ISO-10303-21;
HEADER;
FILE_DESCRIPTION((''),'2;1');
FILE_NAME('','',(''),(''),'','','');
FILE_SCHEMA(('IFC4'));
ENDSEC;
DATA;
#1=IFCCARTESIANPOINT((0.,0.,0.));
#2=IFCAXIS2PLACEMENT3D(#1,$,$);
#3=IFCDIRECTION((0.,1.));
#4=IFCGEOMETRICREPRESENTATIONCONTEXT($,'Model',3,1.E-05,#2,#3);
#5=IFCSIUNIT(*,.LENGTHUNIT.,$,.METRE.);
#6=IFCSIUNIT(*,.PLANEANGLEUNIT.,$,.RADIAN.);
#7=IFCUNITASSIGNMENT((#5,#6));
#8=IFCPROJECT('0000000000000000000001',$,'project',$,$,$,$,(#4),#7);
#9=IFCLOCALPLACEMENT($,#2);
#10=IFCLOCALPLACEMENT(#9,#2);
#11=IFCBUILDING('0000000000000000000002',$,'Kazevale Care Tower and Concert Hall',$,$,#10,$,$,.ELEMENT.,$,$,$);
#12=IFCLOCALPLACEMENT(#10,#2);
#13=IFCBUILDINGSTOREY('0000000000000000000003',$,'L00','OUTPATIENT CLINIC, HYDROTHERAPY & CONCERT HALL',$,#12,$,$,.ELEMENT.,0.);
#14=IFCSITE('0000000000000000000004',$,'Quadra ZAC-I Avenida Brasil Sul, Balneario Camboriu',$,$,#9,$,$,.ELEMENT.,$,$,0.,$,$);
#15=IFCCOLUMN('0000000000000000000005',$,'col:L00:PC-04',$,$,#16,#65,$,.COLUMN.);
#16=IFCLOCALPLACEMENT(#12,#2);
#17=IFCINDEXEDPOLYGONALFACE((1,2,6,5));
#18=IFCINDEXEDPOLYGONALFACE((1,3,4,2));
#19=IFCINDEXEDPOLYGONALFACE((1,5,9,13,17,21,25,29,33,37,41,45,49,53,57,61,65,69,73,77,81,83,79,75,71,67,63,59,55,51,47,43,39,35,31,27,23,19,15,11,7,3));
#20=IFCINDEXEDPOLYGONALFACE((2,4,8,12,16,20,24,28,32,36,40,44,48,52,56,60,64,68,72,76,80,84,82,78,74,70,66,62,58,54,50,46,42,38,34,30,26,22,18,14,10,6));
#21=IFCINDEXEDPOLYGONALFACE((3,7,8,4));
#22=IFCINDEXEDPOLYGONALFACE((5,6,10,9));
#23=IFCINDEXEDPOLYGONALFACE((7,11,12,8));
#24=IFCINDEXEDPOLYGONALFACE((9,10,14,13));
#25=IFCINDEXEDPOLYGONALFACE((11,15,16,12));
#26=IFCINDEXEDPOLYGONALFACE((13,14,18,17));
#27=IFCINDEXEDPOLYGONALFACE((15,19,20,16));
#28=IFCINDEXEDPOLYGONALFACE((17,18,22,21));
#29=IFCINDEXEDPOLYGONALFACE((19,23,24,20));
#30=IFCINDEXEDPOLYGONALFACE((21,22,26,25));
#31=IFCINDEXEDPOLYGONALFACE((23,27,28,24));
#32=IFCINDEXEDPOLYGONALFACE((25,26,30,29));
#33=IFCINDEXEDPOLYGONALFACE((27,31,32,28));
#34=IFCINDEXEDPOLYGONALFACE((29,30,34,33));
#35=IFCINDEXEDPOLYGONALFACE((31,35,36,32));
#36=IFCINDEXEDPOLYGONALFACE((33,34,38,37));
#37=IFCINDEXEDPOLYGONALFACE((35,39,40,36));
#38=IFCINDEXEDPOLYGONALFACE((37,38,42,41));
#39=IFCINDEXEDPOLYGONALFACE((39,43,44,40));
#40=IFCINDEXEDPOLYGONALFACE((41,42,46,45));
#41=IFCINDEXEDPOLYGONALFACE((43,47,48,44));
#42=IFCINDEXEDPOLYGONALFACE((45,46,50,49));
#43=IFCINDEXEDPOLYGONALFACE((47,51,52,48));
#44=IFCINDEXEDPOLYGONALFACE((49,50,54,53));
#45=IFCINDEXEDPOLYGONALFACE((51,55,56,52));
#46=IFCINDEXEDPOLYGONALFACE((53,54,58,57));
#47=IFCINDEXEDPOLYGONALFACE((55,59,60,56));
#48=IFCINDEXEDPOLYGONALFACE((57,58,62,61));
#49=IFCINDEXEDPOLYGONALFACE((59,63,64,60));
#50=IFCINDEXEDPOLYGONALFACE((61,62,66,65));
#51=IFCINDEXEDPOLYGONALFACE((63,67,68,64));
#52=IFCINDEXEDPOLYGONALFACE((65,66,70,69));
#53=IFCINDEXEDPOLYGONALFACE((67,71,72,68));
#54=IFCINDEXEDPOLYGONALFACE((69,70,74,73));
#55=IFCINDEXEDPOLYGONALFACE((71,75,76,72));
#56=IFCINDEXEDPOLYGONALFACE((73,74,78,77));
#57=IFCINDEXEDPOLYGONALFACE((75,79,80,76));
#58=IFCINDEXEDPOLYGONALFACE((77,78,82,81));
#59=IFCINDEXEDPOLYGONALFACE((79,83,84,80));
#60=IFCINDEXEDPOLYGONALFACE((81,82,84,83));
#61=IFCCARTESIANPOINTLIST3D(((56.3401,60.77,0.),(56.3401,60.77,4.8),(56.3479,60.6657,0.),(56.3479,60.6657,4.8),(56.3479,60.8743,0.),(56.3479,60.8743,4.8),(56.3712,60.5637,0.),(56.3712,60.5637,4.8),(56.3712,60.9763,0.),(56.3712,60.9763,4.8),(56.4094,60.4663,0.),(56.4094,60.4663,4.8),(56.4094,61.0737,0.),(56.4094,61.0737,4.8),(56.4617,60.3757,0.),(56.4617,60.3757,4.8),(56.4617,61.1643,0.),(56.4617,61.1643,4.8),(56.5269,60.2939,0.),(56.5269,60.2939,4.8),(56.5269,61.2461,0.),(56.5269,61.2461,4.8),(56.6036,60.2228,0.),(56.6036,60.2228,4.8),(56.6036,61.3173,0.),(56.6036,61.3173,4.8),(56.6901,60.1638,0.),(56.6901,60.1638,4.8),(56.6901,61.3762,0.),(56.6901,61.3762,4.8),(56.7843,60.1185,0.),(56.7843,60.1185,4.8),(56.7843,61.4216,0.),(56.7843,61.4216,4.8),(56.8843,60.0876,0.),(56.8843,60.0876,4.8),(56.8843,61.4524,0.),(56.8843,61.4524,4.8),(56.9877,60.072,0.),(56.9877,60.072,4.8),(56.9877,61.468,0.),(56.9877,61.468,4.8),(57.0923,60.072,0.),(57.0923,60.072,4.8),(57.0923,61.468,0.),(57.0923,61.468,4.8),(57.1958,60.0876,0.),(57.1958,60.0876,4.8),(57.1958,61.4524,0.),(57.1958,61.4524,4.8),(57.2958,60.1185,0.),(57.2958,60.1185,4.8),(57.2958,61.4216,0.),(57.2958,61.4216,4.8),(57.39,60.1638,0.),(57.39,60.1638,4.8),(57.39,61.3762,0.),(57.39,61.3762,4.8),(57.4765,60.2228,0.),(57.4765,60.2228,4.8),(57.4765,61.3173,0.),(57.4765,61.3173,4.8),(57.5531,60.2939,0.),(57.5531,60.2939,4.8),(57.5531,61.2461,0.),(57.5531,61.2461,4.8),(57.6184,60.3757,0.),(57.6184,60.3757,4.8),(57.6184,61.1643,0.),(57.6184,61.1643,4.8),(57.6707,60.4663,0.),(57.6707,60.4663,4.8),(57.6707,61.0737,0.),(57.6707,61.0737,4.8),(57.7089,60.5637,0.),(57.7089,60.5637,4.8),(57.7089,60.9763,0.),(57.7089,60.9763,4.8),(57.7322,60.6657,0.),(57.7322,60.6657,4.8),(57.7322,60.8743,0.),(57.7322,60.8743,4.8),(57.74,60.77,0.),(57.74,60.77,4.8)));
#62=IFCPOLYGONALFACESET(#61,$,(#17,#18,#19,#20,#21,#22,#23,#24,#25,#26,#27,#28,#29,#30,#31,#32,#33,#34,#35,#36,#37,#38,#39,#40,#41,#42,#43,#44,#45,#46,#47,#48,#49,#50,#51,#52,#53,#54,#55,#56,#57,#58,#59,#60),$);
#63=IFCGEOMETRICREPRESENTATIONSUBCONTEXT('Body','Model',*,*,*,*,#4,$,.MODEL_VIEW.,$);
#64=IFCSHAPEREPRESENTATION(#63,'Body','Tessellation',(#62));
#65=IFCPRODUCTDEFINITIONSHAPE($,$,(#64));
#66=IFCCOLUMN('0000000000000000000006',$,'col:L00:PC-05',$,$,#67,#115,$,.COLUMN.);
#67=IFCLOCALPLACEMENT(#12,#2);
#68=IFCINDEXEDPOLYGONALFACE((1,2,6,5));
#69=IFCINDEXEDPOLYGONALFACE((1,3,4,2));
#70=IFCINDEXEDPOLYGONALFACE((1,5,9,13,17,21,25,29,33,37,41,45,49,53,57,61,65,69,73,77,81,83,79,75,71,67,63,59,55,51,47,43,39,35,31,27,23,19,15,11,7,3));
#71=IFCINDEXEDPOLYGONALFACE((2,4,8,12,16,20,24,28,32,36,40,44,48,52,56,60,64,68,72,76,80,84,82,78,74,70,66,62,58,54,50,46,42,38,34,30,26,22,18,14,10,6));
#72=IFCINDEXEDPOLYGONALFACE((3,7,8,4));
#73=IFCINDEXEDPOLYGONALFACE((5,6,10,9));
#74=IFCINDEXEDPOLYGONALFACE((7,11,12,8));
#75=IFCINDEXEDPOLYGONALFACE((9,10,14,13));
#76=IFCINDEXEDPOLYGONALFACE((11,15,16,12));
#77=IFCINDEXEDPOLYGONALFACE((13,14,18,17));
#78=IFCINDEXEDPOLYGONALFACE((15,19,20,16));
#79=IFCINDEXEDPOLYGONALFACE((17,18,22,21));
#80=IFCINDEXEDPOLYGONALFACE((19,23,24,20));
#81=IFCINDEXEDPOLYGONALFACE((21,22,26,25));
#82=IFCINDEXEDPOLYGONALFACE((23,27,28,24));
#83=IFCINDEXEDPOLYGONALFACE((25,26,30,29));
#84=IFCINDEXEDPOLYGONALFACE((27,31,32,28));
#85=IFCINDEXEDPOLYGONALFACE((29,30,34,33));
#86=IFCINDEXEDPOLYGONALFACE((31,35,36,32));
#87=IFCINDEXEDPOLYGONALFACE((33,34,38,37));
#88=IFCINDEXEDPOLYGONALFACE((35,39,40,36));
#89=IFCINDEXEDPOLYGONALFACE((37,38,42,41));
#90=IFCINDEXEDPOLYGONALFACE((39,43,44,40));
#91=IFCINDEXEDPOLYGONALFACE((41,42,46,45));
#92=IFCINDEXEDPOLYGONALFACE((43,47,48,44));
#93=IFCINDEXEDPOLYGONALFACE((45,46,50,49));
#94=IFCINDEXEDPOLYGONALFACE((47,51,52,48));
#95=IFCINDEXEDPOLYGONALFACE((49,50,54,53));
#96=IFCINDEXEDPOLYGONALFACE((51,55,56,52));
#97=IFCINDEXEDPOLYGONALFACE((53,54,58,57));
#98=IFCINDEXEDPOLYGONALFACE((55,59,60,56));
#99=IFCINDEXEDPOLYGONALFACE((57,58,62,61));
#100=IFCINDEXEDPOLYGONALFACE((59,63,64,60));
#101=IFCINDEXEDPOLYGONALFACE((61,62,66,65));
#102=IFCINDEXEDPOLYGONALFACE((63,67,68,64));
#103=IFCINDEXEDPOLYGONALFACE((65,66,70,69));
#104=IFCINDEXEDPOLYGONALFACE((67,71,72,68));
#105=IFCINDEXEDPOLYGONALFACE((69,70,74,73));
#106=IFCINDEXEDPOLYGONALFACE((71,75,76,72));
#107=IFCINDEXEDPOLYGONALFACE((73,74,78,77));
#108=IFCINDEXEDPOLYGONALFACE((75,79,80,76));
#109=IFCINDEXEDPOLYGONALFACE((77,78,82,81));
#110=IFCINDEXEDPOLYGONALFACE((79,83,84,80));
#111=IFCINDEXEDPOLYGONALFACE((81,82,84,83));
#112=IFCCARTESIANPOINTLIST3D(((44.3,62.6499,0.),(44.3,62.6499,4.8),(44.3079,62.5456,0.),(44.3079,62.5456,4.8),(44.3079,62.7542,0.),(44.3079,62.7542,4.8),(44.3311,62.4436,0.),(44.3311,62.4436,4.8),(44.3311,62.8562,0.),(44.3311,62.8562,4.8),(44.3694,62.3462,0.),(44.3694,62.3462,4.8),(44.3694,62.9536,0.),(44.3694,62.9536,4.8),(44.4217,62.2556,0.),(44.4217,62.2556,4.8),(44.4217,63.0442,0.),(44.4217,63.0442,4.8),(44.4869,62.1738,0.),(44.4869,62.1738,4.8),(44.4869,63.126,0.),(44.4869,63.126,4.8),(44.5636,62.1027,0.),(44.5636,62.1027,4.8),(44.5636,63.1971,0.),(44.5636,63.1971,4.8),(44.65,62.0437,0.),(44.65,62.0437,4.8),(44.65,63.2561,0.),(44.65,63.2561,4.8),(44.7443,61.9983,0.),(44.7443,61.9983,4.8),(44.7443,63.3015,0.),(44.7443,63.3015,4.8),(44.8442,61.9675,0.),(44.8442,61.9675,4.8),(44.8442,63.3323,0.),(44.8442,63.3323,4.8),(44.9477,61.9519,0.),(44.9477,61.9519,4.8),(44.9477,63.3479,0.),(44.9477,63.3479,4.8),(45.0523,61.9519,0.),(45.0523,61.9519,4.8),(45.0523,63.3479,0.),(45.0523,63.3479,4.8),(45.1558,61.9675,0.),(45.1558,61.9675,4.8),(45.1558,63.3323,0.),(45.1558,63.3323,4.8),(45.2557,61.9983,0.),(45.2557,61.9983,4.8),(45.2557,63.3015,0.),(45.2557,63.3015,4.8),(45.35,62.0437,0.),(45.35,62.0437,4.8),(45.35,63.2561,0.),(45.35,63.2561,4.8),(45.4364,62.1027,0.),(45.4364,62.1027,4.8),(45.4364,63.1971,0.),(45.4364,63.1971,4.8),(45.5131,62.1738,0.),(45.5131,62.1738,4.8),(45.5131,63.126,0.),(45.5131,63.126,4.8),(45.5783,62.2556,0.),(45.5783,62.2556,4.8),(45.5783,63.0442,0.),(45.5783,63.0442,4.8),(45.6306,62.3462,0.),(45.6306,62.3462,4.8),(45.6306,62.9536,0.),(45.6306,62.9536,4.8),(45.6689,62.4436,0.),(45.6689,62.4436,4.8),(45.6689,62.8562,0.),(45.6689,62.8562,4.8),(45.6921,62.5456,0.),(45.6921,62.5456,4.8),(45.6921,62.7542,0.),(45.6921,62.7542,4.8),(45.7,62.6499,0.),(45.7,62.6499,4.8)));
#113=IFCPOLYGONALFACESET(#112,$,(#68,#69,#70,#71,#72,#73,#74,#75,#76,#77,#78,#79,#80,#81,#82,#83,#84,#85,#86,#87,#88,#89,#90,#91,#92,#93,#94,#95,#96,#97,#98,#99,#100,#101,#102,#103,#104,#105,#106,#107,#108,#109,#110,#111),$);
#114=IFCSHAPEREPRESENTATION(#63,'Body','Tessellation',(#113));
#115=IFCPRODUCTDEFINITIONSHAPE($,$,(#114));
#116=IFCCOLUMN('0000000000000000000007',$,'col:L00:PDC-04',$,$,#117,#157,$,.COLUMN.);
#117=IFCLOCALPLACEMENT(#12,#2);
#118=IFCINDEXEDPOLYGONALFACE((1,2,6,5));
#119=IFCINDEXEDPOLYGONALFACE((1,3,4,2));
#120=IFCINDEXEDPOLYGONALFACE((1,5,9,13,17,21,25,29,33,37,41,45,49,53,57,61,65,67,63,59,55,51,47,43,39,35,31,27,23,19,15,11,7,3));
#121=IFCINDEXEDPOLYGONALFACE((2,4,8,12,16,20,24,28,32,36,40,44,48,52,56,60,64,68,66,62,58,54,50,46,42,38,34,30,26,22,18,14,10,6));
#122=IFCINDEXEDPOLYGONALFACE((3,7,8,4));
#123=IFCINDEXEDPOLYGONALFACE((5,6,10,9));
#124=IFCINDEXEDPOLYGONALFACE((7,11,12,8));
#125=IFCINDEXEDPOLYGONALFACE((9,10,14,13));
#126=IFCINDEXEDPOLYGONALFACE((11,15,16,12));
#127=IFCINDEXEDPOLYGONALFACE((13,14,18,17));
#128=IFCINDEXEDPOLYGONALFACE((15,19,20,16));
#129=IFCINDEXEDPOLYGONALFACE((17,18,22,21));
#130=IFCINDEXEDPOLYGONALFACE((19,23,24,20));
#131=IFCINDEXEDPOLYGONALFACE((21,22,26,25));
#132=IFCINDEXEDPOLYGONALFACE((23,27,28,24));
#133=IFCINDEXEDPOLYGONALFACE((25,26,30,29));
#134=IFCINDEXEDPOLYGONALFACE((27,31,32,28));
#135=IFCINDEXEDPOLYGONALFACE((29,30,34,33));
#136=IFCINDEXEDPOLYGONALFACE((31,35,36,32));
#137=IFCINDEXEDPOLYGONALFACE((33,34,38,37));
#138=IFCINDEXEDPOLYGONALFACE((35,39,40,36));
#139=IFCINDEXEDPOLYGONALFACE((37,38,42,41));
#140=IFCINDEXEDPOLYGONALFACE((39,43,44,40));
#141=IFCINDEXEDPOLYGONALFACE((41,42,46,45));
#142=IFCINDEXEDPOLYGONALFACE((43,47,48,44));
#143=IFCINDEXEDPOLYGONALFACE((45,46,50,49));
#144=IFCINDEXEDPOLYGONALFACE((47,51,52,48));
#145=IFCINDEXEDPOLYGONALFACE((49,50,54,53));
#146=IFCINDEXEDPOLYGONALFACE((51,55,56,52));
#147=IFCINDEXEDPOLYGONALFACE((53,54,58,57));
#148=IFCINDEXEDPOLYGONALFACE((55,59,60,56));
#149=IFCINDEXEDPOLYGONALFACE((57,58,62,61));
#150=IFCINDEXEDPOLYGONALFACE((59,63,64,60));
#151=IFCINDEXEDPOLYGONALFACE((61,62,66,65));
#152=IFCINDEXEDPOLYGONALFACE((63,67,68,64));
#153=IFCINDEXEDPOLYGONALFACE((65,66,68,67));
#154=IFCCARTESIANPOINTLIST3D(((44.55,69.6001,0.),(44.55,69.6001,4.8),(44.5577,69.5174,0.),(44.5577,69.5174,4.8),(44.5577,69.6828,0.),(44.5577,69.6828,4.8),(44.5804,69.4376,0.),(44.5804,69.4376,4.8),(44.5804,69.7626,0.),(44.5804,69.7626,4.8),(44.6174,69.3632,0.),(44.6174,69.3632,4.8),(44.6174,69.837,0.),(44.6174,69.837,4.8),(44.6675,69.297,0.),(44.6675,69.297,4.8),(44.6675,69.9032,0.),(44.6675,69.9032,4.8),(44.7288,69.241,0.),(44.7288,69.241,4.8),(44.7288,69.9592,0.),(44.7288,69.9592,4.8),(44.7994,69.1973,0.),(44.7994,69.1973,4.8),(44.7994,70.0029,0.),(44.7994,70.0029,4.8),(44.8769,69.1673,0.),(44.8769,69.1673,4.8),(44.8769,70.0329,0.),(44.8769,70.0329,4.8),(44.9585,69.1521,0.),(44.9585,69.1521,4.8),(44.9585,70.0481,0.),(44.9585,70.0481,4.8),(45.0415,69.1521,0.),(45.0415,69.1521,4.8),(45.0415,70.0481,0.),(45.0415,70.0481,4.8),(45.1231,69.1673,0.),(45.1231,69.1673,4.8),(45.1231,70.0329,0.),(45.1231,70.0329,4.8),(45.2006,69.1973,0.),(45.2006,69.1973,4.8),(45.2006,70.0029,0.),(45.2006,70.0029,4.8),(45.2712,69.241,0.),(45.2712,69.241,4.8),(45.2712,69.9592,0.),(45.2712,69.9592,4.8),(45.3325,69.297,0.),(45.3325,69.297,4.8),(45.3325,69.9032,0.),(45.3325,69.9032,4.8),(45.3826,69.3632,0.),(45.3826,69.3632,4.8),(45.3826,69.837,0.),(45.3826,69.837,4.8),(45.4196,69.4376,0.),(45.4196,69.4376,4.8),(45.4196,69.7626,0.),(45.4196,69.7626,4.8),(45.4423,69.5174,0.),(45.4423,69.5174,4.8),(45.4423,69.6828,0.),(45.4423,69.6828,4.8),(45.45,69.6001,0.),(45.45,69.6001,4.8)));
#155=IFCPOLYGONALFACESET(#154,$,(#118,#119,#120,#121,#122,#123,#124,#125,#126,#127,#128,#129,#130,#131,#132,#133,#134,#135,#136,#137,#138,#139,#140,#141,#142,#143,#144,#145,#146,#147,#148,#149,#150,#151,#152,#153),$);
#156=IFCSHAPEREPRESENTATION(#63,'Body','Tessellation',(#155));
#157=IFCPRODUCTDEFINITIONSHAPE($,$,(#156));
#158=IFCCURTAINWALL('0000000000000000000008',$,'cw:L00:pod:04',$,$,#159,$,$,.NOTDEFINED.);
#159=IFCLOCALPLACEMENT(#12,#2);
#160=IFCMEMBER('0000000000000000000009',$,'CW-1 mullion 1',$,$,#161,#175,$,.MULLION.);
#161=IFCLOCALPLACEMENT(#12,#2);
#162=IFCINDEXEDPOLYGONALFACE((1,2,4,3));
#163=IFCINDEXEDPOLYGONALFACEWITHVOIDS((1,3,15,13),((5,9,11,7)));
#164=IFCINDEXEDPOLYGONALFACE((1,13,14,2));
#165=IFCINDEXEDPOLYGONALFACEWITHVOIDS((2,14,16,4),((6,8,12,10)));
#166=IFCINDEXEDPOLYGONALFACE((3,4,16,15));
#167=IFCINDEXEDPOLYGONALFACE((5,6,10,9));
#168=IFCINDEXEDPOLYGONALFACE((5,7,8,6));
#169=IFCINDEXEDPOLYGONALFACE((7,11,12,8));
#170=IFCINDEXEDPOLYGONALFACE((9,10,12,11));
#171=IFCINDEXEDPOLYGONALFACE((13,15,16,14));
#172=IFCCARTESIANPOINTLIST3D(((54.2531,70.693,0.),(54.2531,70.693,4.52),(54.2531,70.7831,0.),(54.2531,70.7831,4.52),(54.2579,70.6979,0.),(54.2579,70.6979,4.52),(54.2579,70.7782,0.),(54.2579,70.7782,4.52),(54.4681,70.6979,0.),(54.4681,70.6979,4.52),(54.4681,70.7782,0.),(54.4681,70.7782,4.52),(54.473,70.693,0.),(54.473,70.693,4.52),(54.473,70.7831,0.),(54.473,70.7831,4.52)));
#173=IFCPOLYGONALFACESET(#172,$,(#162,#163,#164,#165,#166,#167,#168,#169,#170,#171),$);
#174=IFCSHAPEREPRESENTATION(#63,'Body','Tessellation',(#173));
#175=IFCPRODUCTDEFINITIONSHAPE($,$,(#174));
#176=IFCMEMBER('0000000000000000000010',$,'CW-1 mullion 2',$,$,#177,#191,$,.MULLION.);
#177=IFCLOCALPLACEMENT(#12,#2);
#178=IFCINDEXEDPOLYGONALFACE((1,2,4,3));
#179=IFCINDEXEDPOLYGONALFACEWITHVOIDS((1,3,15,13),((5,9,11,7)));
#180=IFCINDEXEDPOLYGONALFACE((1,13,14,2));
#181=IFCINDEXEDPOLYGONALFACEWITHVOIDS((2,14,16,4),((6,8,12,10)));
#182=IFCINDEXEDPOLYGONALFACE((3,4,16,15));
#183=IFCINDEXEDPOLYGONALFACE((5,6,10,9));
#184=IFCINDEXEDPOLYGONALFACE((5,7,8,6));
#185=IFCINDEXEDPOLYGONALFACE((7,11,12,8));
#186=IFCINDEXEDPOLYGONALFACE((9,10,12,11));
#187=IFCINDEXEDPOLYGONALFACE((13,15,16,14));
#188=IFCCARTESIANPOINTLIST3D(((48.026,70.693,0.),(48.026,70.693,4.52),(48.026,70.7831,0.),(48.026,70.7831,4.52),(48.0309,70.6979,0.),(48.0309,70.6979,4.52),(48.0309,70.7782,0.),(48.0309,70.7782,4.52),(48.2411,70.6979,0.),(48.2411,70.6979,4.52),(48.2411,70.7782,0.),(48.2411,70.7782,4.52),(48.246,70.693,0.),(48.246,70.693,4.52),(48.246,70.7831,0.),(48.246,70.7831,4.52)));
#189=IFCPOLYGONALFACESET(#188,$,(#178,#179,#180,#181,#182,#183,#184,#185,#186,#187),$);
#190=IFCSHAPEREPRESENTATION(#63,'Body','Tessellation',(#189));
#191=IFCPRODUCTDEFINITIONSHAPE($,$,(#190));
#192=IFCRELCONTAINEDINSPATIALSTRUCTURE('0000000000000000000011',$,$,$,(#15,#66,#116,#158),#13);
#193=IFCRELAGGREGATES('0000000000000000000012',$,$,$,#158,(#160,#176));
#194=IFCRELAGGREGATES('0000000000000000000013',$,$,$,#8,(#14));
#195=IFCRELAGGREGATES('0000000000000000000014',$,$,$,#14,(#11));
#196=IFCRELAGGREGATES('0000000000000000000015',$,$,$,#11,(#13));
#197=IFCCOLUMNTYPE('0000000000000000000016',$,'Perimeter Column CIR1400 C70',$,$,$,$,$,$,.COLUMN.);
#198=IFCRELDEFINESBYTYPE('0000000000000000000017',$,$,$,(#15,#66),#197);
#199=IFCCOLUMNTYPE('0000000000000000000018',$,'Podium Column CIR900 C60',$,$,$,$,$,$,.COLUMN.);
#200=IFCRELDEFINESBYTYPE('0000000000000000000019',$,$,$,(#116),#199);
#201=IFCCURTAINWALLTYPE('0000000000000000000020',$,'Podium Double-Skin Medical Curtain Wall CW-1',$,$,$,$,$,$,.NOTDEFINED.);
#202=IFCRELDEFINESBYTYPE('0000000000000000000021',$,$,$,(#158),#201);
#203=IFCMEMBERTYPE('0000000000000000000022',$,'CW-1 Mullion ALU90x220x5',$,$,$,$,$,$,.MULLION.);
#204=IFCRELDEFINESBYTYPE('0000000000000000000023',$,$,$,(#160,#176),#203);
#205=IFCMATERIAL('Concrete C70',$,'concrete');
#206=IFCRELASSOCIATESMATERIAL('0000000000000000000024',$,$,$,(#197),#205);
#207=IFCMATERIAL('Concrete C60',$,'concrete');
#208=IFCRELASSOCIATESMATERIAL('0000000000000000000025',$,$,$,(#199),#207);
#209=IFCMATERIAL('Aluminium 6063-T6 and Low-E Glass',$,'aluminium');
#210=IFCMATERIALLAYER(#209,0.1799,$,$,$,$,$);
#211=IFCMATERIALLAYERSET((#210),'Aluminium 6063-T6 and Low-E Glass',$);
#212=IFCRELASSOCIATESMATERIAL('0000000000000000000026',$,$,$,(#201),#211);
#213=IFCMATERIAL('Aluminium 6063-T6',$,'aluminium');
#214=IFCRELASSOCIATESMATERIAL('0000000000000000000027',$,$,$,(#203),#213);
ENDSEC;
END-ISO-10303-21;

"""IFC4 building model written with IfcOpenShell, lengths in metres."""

from ifc_helpers import new_model, si_unit, direction, frame, origin, origin_2d, place, context, subcontext, project, spatial, hollow_rectangle, circle, extrude, material, layer, layer_set, material_profile, profile_set, type_object, element, aggregate, save


model = new_model("IFC4")

# Units and contexts
model_context = context("Model", 3, precision=1e-05, world=origin(), true_north=direction((0.0, 1.0)))
body_context = subcontext(model_context, "Body", "Model", "MODEL_VIEW")
ifc_project = project(units=[si_unit("LENGTHUNIT", "METRE"), si_unit("PLANEANGLEUNIT", "RADIAN")], contexts=[model_context])

# Site, building, storey
site_placement = place(None, origin())
site = spatial("IfcSite", under=ifc_project, at=site_placement, Name="Quadra ZAC-I Avenida Brasil Sul, Balneario Camboriu", CompositionType="ELEMENT", RefElevation=0.0)
building_placement = place(site_placement, origin())
building = spatial("IfcBuilding", under=site, at=building_placement, Name="Kazevale Care Tower and Concert Hall", CompositionType="ELEMENT")
storey_placement = place(building_placement, origin())
storey = spatial("IfcBuildingStorey", under=building, at=storey_placement, Name="L00", Description="OUTPATIENT CLINIC, HYDROTHERAPY & CONCERT HALL", CompositionType="ELEMENT", Elevation=0.0)

# Columns
ifc_material_1 = material(Name="Concrete C70", Category="concrete")
ifc_material_profile_1 = material_profile(ifc_material_1, circle(Radius=0.7, at=origin_2d()), Name="RC-CIR1400")
ifc_profile_set_1 = profile_set([ifc_material_profile_1], Name="Concrete C70")
column_type_1 = type_object("IfcColumnType", Name="Perimeter Column CIR1400 C70", PredefinedType="COLUMN", material=ifc_profile_set_1)
for number, where, z_axis, x_axis, name in (
    (1, (57.04, 60.77, 0.0), (0.0, 0.0, 1.0), (1.0, 0.0, 0.0), "col:L00:PC-04"),
    (2, (45.0, 62.6499, 0.0), (0.0, 0.0, 1.0), (1.0, 0.0, 0.0), "col:L00:PC-05"),
):
    element("IfcColumn", number, at=place(storey_placement, frame(where, z_axis=z_axis, x_axis=x_axis)), inside=storey, type_object=column_type_1, Name=name, PredefinedType="COLUMN", context=body_context, shape_type="SweptSolid", body=[
        extrude(circle(Radius=0.7, at=origin_2d()), origin(), (0.0, 0.0, 1.0), 4.8),
    ])
ifc_material_2 = material(Name="Concrete C60", Category="concrete")
ifc_material_profile_2 = material_profile(ifc_material_2, circle(Radius=0.45, at=origin_2d()), Name="RC-CIR900")
ifc_profile_set_2 = profile_set([ifc_material_profile_2], Name="Concrete C60")
column_type_2 = type_object("IfcColumnType", Name="Podium Column CIR900 C60", PredefinedType="COLUMN", material=ifc_profile_set_2)
column_placement = place(storey_placement, frame((45.0, 69.6001, 0.0), z_axis=(0.0, 0.0, 1.0), x_axis=(1.0, 0.0, 0.0)))
element("IfcColumn", 3, at=column_placement, inside=storey, type_object=column_type_2, Name="col:L00:PDC-04", PredefinedType="COLUMN", context=body_context, shape_type="SweptSolid", body=[
    extrude(circle(Radius=0.45, at=origin_2d()), origin(), (0.0, 0.0, 1.0), 4.8),
])

# Curtain wall, members
ifc_material_3 = material(Name="Aluminium 6063-T6 and Low-E Glass", Category="aluminium")
ifc_layer_1 = layer(ifc_material_3, 0.1799)
ifc_layer_set_1 = layer_set([ifc_layer_1], Name="Aluminium 6063-T6 and Low-E Glass")
curtain_wall_type = type_object("IfcCurtainWallType", Name="Podium Double-Skin Medical Curtain Wall CW-1", PredefinedType="NOTDEFINED", material=ifc_layer_set_1)
curtain_wall_placement = place(storey_placement, origin())
curtain_wall = element("IfcCurtainWall", 4, at=curtain_wall_placement, inside=storey, type_object=curtain_wall_type, Name="cw:L00:pod:04", PredefinedType="NOTDEFINED")
ifc_material_4 = material(Name="Aluminium 6063-T6", Category="aluminium")
ifc_material_profile_3 = material_profile(ifc_material_4, hollow_rectangle(XDim=0.0901, YDim=0.22, WallThickness=0.0049, at=origin_2d()), Name="ALU90x220x5")
ifc_profile_set_3 = profile_set([ifc_material_profile_3], Name="Aluminium 6063-T6")
member_type_1 = type_object("IfcMemberType", Name="CW-1 Mullion ALU90x220x5", PredefinedType="MULLION", material=ifc_profile_set_3)
member_1_placement = place(storey_placement, frame((54.363, 70.738, 0.0), z_axis=(0.0, 0.0, 1.0), x_axis=(0.0, -1.0, 0.0)))
member_1 = element("IfcMember", 5, at=member_1_placement, type_object=member_type_1, Name="CW-1 mullion 1", PredefinedType="MULLION", context=body_context, shape_type="SweptSolid", body=[
    extrude(hollow_rectangle(XDim=0.0901, YDim=0.22, WallThickness=0.0049, at=origin_2d()), origin(), (0.0, 0.0, 1.0), 4.52),
])
member_2_placement = place(storey_placement, frame((48.136, 70.738, 0.0), z_axis=(0.0, 0.0, 1.0), x_axis=(0.0, -1.0, 0.0)))
member_2 = element("IfcMember", 6, at=member_2_placement, type_object=member_type_1, Name="CW-1 mullion 2", PredefinedType="MULLION", context=body_context, shape_type="SweptSolid", body=[
    extrude(hollow_rectangle(XDim=0.0901, YDim=0.22, WallThickness=0.0049, at=origin_2d()), origin(), (0.0, 0.0, 1.0), 4.52),
])

aggregate(curtain_wall, [member_1, member_2])

save(model, "model.ifc")
